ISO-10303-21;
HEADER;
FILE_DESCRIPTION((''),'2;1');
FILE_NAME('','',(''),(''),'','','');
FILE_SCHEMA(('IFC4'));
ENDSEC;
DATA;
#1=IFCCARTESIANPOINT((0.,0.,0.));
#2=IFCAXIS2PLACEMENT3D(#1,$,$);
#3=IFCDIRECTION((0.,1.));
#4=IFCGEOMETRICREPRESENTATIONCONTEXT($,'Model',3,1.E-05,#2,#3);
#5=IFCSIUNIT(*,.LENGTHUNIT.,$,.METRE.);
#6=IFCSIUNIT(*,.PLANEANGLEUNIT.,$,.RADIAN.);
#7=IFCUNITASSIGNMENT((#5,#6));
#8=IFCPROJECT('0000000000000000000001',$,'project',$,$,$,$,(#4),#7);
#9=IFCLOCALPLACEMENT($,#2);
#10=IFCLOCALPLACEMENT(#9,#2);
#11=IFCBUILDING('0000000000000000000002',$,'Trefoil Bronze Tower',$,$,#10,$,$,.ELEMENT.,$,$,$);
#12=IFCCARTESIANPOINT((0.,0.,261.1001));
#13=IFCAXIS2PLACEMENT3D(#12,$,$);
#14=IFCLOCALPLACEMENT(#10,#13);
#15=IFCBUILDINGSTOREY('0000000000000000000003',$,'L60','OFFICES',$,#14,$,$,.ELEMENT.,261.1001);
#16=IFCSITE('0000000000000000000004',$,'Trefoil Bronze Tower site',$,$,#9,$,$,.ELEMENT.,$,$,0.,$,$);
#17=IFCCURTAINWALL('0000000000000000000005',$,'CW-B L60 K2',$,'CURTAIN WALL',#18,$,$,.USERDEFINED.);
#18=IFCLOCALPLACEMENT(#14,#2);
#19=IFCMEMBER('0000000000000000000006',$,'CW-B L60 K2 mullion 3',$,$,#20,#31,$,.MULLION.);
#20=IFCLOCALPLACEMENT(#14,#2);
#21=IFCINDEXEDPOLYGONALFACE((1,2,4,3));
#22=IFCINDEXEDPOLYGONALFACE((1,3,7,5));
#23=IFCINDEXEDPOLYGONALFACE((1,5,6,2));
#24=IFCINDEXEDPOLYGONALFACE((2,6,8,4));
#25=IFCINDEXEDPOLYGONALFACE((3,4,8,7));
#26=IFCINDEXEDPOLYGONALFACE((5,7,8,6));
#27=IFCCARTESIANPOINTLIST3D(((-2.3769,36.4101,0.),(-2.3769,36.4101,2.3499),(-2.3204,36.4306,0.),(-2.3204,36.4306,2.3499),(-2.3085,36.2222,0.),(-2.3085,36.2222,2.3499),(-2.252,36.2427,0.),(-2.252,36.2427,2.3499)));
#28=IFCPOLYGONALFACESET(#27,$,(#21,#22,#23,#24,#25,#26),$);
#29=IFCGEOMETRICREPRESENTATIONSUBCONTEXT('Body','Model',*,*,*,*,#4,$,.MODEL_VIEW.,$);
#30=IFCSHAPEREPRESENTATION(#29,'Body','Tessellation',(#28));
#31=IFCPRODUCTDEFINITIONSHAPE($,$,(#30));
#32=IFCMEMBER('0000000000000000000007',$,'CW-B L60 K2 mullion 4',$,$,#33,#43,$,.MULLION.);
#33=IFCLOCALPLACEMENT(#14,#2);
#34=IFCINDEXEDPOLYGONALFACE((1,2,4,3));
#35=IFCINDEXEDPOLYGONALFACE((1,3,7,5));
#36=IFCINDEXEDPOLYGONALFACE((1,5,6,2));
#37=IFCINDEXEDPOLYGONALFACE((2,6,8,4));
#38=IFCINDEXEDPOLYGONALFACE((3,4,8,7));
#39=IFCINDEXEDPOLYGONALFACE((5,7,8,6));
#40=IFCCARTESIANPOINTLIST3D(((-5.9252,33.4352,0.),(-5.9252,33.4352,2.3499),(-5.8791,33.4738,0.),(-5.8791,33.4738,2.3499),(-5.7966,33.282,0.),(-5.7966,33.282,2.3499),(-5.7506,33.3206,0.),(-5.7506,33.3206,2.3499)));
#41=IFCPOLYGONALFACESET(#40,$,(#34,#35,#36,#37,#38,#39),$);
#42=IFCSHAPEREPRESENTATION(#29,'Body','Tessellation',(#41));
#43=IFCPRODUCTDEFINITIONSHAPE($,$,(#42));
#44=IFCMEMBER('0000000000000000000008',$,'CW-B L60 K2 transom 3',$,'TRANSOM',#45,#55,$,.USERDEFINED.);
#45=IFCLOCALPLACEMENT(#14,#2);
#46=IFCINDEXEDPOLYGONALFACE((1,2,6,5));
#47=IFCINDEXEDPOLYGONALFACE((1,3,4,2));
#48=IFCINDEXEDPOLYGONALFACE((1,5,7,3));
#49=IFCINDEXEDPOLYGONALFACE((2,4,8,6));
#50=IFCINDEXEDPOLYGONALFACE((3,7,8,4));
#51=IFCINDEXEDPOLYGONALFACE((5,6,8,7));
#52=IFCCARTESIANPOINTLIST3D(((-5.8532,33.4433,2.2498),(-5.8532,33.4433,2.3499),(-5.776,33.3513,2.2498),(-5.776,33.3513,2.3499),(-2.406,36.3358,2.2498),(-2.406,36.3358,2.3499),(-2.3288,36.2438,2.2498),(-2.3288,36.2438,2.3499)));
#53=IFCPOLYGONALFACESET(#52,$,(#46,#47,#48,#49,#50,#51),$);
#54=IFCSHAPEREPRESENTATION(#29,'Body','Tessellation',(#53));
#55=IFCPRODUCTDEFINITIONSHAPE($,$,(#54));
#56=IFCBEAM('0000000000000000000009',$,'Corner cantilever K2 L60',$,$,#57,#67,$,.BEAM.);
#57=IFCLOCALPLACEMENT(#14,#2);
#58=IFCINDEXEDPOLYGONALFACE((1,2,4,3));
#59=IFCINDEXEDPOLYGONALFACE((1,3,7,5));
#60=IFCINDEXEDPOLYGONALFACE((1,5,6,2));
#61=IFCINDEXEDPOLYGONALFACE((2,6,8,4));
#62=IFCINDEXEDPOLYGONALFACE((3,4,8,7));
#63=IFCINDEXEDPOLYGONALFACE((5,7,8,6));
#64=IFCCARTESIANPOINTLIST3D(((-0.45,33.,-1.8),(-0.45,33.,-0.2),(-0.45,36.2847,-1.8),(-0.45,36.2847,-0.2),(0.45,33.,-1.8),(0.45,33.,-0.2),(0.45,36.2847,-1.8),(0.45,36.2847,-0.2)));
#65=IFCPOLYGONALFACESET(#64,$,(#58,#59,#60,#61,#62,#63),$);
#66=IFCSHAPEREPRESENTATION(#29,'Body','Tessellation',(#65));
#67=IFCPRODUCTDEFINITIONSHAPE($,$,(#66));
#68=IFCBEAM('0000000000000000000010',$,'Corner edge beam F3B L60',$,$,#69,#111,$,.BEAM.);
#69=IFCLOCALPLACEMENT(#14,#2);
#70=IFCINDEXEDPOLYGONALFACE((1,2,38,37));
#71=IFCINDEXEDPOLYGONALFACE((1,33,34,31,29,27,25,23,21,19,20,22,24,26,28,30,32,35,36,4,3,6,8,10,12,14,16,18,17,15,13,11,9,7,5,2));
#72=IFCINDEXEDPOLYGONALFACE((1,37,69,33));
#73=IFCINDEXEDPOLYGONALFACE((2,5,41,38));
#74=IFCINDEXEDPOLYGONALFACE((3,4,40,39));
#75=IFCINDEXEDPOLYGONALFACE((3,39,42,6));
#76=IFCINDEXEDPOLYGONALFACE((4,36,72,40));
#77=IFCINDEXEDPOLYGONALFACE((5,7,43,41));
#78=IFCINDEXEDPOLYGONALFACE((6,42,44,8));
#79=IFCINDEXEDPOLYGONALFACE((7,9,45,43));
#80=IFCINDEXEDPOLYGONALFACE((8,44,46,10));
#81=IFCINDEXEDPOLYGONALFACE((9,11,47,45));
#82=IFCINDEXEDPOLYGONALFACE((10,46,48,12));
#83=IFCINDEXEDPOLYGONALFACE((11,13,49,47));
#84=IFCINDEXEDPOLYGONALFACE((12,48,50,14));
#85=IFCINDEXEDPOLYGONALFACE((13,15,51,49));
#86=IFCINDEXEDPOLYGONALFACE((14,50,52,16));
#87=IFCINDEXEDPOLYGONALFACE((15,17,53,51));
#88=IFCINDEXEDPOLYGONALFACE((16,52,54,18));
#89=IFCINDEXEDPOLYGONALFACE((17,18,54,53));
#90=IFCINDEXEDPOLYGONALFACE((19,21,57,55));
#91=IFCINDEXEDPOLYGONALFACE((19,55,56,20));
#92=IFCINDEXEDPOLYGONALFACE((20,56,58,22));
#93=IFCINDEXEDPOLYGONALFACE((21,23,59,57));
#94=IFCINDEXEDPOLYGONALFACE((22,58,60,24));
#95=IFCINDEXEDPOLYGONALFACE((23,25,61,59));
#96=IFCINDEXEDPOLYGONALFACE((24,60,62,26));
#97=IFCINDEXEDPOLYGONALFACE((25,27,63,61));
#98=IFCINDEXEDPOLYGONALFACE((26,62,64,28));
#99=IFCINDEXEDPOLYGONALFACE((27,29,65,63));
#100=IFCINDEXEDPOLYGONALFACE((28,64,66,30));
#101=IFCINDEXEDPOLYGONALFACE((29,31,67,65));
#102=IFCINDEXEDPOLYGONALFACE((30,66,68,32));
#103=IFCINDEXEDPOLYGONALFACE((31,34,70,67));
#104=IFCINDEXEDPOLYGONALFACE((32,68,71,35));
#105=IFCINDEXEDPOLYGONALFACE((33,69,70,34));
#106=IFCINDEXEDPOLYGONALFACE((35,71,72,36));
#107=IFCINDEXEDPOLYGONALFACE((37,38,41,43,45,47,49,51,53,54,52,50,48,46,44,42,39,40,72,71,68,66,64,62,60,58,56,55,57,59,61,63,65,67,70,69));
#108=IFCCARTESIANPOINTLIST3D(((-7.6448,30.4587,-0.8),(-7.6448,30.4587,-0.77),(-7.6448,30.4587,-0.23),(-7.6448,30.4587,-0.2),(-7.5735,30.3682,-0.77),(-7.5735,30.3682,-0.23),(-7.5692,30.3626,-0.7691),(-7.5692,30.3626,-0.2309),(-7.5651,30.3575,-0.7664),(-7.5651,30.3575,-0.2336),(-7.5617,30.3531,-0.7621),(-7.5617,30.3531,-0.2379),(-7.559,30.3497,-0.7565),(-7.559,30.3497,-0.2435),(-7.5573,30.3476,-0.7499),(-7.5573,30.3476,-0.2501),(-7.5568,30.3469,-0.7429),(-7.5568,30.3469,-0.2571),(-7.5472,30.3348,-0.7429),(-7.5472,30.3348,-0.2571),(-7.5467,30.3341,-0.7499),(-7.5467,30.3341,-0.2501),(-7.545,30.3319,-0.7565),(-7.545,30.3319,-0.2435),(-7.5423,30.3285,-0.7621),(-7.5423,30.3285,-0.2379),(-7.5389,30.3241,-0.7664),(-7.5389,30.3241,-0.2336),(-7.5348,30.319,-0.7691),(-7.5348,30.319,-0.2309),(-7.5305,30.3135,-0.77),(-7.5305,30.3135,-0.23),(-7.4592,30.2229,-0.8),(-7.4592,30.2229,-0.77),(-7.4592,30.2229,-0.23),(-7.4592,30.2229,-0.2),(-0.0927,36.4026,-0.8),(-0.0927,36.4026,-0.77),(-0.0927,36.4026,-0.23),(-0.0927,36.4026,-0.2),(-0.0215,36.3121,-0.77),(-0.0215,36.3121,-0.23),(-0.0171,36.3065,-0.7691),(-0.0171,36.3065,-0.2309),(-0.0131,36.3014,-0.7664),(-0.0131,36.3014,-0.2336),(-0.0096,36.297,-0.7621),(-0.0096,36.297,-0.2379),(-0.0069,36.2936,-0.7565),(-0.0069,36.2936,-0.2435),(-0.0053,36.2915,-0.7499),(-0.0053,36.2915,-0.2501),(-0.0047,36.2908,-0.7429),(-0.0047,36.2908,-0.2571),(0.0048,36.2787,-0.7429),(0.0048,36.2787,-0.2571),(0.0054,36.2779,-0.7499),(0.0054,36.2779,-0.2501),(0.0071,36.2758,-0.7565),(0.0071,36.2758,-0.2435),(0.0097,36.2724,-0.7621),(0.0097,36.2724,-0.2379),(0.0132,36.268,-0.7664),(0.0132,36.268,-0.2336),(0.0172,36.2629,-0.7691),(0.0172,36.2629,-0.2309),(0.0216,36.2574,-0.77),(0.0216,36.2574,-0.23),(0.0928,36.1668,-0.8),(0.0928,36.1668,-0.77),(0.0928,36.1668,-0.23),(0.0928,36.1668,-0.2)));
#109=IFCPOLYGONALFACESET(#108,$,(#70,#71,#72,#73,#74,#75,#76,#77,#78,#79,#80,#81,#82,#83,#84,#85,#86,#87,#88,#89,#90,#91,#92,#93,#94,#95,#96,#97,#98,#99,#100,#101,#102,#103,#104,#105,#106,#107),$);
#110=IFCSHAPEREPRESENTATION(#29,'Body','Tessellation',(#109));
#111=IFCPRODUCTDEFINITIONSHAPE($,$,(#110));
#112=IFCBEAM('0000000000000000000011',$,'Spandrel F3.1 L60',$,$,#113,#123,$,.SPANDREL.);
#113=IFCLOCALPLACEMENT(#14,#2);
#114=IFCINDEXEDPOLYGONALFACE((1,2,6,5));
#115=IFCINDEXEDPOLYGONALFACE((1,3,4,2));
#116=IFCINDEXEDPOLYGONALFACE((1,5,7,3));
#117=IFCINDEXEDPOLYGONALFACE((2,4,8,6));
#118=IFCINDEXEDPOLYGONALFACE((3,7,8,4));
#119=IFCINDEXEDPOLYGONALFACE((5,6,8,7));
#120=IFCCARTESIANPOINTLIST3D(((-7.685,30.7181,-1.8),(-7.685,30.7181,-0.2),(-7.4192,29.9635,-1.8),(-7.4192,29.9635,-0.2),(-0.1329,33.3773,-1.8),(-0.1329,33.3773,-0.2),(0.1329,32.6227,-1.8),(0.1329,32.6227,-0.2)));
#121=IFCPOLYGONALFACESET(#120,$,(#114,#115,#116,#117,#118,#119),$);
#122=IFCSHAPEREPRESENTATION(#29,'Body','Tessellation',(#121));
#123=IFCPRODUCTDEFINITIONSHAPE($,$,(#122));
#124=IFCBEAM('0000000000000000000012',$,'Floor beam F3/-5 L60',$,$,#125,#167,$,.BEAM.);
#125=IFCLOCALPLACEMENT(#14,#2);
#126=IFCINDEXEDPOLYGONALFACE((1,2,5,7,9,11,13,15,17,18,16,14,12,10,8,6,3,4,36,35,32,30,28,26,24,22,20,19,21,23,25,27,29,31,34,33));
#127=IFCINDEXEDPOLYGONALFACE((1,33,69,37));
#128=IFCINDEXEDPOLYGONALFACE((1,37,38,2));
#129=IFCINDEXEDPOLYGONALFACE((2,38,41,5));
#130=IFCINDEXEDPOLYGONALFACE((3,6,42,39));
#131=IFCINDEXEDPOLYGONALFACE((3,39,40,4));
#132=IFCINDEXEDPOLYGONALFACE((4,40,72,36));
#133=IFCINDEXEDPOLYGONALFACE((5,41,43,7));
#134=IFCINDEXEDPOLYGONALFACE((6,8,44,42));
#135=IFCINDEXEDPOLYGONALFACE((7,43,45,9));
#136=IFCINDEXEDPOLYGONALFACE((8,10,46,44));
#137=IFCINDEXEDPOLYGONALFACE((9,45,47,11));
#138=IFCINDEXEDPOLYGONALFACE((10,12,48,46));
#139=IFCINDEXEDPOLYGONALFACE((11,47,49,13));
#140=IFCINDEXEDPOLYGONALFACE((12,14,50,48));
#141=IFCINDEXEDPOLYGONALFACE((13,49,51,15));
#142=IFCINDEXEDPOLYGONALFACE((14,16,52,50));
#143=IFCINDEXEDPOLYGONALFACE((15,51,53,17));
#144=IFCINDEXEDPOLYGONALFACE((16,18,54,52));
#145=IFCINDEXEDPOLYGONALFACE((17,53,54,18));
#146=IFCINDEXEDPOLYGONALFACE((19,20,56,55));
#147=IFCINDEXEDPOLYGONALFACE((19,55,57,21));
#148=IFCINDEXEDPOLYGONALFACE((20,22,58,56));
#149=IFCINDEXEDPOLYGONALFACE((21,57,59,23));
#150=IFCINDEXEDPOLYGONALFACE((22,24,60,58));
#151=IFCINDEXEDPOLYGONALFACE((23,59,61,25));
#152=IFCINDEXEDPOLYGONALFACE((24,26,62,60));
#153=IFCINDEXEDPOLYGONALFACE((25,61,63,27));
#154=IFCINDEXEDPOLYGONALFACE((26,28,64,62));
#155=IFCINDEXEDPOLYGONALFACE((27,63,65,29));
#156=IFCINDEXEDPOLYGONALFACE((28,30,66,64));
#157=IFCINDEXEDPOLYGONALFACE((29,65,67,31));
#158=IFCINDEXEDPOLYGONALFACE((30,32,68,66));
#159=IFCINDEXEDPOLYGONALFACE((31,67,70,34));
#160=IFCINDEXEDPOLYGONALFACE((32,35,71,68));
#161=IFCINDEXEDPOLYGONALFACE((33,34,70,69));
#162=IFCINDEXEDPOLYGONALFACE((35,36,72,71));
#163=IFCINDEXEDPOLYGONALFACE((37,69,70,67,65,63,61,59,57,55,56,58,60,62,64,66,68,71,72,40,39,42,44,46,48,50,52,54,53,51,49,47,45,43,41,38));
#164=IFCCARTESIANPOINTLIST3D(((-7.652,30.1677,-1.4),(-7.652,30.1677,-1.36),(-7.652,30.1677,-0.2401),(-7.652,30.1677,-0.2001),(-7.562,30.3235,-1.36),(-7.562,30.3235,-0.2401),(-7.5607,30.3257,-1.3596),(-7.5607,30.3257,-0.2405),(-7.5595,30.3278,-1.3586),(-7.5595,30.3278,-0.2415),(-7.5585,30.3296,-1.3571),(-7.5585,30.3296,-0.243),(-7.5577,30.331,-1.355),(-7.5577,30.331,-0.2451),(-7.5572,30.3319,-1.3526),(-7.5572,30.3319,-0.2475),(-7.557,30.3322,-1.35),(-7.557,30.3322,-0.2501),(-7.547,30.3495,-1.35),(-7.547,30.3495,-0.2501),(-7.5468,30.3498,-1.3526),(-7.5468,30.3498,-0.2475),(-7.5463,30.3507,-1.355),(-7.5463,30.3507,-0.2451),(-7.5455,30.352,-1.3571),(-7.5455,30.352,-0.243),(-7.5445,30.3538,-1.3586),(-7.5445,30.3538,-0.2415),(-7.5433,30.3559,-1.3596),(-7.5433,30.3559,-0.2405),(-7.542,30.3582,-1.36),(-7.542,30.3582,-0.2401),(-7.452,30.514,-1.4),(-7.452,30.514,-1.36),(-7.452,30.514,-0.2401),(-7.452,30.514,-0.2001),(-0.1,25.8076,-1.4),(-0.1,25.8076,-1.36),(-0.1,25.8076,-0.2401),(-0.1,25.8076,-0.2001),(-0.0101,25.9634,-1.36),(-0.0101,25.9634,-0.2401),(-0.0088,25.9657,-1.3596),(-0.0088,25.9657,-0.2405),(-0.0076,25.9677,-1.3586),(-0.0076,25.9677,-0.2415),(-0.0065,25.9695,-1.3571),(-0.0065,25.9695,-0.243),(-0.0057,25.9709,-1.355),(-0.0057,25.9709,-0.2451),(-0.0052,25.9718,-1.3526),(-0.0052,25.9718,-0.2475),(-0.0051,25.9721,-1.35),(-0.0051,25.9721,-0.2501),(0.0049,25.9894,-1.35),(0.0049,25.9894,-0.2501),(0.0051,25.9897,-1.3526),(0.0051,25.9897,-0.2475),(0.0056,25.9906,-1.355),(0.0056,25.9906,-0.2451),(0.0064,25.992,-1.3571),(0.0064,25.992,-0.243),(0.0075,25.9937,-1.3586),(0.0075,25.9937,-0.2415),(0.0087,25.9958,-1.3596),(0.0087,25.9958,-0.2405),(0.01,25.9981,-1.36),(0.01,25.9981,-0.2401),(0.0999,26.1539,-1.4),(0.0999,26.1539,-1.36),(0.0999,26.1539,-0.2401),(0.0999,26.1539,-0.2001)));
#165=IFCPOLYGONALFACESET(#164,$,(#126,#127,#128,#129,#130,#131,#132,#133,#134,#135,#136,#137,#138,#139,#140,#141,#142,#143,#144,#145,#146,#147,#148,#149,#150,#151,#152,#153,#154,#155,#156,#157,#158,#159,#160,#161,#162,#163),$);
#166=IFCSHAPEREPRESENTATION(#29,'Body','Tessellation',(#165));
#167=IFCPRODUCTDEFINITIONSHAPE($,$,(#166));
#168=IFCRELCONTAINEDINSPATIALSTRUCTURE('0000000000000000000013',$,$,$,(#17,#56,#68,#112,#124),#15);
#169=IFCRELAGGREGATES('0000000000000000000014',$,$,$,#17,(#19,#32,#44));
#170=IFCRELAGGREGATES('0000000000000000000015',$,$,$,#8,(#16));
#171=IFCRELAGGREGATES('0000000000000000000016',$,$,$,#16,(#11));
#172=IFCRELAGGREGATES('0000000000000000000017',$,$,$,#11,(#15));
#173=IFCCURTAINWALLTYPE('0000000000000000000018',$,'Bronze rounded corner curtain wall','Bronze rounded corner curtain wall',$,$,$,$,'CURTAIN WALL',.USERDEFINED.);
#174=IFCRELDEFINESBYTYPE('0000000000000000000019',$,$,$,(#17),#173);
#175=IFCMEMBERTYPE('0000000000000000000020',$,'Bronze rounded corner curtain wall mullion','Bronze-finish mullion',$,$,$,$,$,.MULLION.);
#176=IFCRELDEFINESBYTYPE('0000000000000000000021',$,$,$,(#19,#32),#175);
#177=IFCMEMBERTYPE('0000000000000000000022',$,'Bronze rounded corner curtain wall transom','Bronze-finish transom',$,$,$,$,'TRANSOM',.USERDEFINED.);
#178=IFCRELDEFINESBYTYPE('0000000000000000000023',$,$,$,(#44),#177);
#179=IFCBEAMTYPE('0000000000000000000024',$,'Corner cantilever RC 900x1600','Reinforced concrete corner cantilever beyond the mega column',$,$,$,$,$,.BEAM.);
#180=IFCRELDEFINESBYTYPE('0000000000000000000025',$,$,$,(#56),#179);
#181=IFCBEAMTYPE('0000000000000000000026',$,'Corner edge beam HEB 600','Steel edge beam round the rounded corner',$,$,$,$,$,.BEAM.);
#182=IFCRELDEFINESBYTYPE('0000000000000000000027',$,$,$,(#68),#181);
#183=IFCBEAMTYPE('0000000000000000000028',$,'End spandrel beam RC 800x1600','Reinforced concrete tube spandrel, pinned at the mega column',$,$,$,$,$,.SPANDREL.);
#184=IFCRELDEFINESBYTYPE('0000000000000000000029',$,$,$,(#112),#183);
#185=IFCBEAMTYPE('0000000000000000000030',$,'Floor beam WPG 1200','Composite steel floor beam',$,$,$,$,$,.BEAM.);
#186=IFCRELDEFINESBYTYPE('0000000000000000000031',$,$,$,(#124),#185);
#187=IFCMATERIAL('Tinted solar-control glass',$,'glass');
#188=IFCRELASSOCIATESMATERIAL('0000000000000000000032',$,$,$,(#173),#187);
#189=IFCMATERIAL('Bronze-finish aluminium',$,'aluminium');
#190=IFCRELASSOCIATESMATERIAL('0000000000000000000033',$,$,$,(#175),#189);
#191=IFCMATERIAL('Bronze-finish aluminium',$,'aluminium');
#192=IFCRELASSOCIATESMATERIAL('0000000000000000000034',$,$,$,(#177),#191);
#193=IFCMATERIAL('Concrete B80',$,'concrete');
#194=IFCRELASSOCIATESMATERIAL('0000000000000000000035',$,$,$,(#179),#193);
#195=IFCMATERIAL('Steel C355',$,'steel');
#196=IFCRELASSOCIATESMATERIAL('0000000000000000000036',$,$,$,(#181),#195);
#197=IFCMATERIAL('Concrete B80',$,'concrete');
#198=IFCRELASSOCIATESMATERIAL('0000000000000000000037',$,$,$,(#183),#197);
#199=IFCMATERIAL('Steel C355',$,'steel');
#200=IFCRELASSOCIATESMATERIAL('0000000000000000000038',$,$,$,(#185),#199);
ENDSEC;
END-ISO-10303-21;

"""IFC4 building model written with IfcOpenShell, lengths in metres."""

from ifc_helpers import new_model, si_unit, direction, frame, origin, origin_2d, place, context, subcontext, project, spatial, rectangle, i_section, extrude, material, material_profile, profile_set, type_object, element, aggregate, save


model = new_model("IFC4")

# Units and contexts
model_context = context("Model", 3, precision=1e-05, world=origin(), true_north=direction((0.0, 1.0)))
body_context = subcontext(model_context, "Body", "Model", "MODEL_VIEW")
ifc_project = project(units=[si_unit("LENGTHUNIT", "METRE"), si_unit("PLANEANGLEUNIT", "RADIAN")], contexts=[model_context])

# Site, building, storey
site_placement = place(None, origin())
site = spatial("IfcSite", under=ifc_project, at=site_placement, Name="Trefoil Bronze Tower site", CompositionType="ELEMENT", RefElevation=0.0)
building_placement = place(site_placement, origin())
building = spatial("IfcBuilding", under=site, at=building_placement, Name="Trefoil Bronze Tower", CompositionType="ELEMENT")
storey_placement = place(building_placement, frame((0.0, 0.0, 261.1001)))
storey = spatial("IfcBuildingStorey", under=building, at=storey_placement, Name="L60", Description="OFFICES", CompositionType="ELEMENT", Elevation=261.1001)

# Curtain wall, members
ifc_material_1 = material(Name="Tinted solar-control glass", Category="glass")
curtain_wall_type_1 = type_object("IfcCurtainWallType", Name="Bronze rounded corner curtain wall", Description="Bronze rounded corner curtain wall", ElementType="CURTAIN WALL", PredefinedType="USERDEFINED", material=ifc_material_1)
curtain_wall_1_placement = place(storey_placement, origin())
curtain_wall_1 = element("IfcCurtainWall", 1, at=curtain_wall_1_placement, inside=storey, type_object=curtain_wall_type_1, Name="CW-B L60 K2", ObjectType="CURTAIN WALL", PredefinedType="USERDEFINED")
ifc_material_2 = material(Name="Bronze-finish aluminium", Category="aluminium")
ifc_material_profile_1 = material_profile(ifc_material_2, rectangle(XDim=0.2, YDim=0.0601, at=origin_2d()), Name="CW-B mullion")
ifc_profile_set_1 = profile_set([ifc_material_profile_1], Name="Bronze-finish aluminium")
member_type_1 = type_object("IfcMemberType", Name="Bronze rounded corner curtain wall mullion", Description="Bronze-finish mullion", PredefinedType="MULLION", material=ifc_profile_set_1)
member_1_placement = place(storey_placement, frame((-2.3145, 36.3264, 0.0), z_axis=(0.0, 0.0, 1.0), x_axis=(0.34202, -0.939693, 0.0)))
member_1 = element("IfcMember", 2, at=member_1_placement, type_object=member_type_1, Name="CW-B L60 K2 mullion 3", PredefinedType="MULLION", context=body_context, shape_type="SweptSolid", body=[
    extrude(rectangle(XDim=0.2, YDim=0.0601, at=origin_2d()), origin(), (0.0, 0.0, 1.0), 2.3499),
])
member_2_placement = place(storey_placement, frame((-5.8379, 33.3779, 0.0), z_axis=(0.0, 0.0, 1.0), x_axis=(0.642788, -0.766044, 0.0)))
member_2 = element("IfcMember", 3, at=member_2_placement, type_object=member_type_1, Name="CW-B L60 K2 mullion 4", PredefinedType="MULLION", context=body_context, shape_type="SweptSolid", body=[
    extrude(rectangle(XDim=0.2, YDim=0.0601, at=origin_2d()), origin(), (0.0, 0.0, 1.0), 2.3499),
])
ifc_material_3 = material(Name="Bronze-finish aluminium", Category="aluminium")
ifc_material_profile_2 = material_profile(ifc_material_3, rectangle(XDim=0.1201, YDim=0.1001, at=origin_2d()), Name="CW-B transom")
ifc_profile_set_2 = profile_set([ifc_material_profile_2], Name="Bronze-finish aluminium")
member_type_2 = type_object("IfcMemberType", Name="Bronze rounded corner curtain wall transom", Description="Bronze-finish transom", ElementType="TRANSOM", PredefinedType="USERDEFINED", material=ifc_profile_set_2)
member_3_placement = place(storey_placement, frame((-2.3674, 36.2898, 2.2998), z_axis=(-0.766047, -0.642785, 0.0), x_axis=(0.642785, -0.766047, 0.0)))
member_3 = element("IfcMember", 4, at=member_3_placement, type_object=member_type_2, Name="CW-B L60 K2 transom 3", ObjectType="TRANSOM", PredefinedType="USERDEFINED", context=body_context, shape_type="SweptSolid", body=[
    extrude(rectangle(XDim=0.1201, YDim=0.1001, at=origin_2d()), origin(), (0.0, 0.0, 1.0), 4.5),
])

# Beams
ifc_material_4 = material(Name="Concrete B80", Category="concrete")
ifc_material_profile_3 = material_profile(ifc_material_4, rectangle(XDim=0.8999, YDim=1.6001, at=origin_2d()), Name="RC 900x1600")
ifc_profile_set_3 = profile_set([ifc_material_profile_3], Name="Concrete B80")
beam_type_1 = type_object("IfcBeamType", Name="Corner cantilever RC 900x1600", Description="Reinforced concrete corner cantilever beyond the mega column", PredefinedType="BEAM", material=ifc_profile_set_3)
beam_1_placement = place(storey_placement, frame((0.0, 33.0, -1.0), z_axis=(0.0, 1.0, 0.0), x_axis=(-1.0, 0.0, 0.0)))
element("IfcBeam", 5, at=beam_1_placement, inside=storey, type_object=beam_type_1, Name="Corner cantilever K2 L60", PredefinedType="BEAM", context=body_context, shape_type="SweptSolid", body=[
    extrude(rectangle(XDim=0.8999, YDim=1.6001, at=origin_2d()), origin(), (0.0, 0.0, 1.0), 3.2847),
])
ifc_material_5 = material(Name="Steel C355", Category="steel")
ifc_material_profile_4 = material_profile(ifc_material_5, i_section(OverallWidth=0.3, OverallDepth=0.6001, WebThickness=0.0154, FlangeThickness=0.03, FilletRadius=0.0271, at=origin_2d()), Name="HEB 600")
ifc_profile_set_4 = profile_set([ifc_material_profile_4], Name="Steel C355")
beam_type_2 = type_object("IfcBeamType", Name="Corner edge beam HEB 600", Description="Steel edge beam round the rounded corner", PredefinedType="BEAM", material=ifc_profile_set_4)
beam_2_placement = place(storey_placement, frame((-7.552, 30.3408, -0.5), z_axis=(0.785806, 0.618473, 0.0), x_axis=(-0.618473, 0.785806, 0.0)))
element("IfcBeam", 6, at=beam_2_placement, inside=storey, type_object=beam_type_2, Name="Corner edge beam F3B L60", PredefinedType="BEAM", context=body_context, shape_type="SweptSolid", body=[
    extrude(i_section(OverallWidth=0.3, OverallDepth=0.6001, WebThickness=0.0154, FlangeThickness=0.03, FilletRadius=0.0271, at=origin_2d()), origin(), (0.0, 0.0, 1.0), 9.6106),
])
ifc_material_6 = material(Name="Concrete B80", Category="concrete")
ifc_material_profile_5 = material_profile(ifc_material_6, rectangle(XDim=0.8, YDim=1.6001, at=origin_2d()), Name="RC 800x1600")
ifc_profile_set_5 = profile_set([ifc_material_profile_5], Name="Concrete B80")
beam_type_3 = type_object("IfcBeamType", Name="End spandrel beam RC 800x1600", Description="Reinforced concrete tube spandrel, pinned at the mega column", PredefinedType="SPANDREL", material=ifc_profile_set_5)
beam_3_placement = place(storey_placement, frame((0.0, 33.0, -1.0), z_axis=(-0.943234, -0.332128, 0.0), x_axis=(0.332128, -0.943234, 0.0)))
element("IfcBeam", 7, at=beam_3_placement, inside=storey, type_object=beam_type_3, Name="Spandrel F3.1 L60", PredefinedType="SPANDREL", context=body_context, shape_type="SweptSolid", body=[
    extrude(rectangle(XDim=0.8, YDim=1.6001, at=origin_2d()), origin(), (0.0, 0.0, 1.0), 8.0066),
])
ifc_material_7 = material(Name="Steel C355", Category="steel")
ifc_material_profile_6 = material_profile(ifc_material_7, i_section(OverallWidth=0.3999, OverallDepth=1.2, WebThickness=0.02, FlangeThickness=0.04, FilletRadius=0.01, at=origin_2d()), Name="WPG 1200")
ifc_profile_set_6 = profile_set([ifc_material_profile_6], Name="Steel C355")
beam_type_4 = type_object("IfcBeamType", Name="Floor beam WPG 1200", Description="Composite steel floor beam", PredefinedType="BEAM", material=ifc_profile_set_6)
beam_4_placement = place(storey_placement, frame((-7.552, 30.3408, -0.8), z_axis=(0.866028, -0.499996, 0.0), x_axis=(0.499996, 0.866028, 0.0)))
element("IfcBeam", 8, at=beam_4_placement, inside=storey, type_object=beam_type_4, Name="Floor beam F3/-5 L60", PredefinedType="BEAM", context=body_context, shape_type="SweptSolid", body=[
    extrude(i_section(OverallWidth=0.3999, OverallDepth=1.2, WebThickness=0.02, FlangeThickness=0.04, FilletRadius=0.01, at=origin_2d()), origin(), (0.0, 0.0, 1.0), 8.7202),
])

aggregate(curtain_wall_1, [member_1, member_2, member_3])

save(model, "model.ifc")
